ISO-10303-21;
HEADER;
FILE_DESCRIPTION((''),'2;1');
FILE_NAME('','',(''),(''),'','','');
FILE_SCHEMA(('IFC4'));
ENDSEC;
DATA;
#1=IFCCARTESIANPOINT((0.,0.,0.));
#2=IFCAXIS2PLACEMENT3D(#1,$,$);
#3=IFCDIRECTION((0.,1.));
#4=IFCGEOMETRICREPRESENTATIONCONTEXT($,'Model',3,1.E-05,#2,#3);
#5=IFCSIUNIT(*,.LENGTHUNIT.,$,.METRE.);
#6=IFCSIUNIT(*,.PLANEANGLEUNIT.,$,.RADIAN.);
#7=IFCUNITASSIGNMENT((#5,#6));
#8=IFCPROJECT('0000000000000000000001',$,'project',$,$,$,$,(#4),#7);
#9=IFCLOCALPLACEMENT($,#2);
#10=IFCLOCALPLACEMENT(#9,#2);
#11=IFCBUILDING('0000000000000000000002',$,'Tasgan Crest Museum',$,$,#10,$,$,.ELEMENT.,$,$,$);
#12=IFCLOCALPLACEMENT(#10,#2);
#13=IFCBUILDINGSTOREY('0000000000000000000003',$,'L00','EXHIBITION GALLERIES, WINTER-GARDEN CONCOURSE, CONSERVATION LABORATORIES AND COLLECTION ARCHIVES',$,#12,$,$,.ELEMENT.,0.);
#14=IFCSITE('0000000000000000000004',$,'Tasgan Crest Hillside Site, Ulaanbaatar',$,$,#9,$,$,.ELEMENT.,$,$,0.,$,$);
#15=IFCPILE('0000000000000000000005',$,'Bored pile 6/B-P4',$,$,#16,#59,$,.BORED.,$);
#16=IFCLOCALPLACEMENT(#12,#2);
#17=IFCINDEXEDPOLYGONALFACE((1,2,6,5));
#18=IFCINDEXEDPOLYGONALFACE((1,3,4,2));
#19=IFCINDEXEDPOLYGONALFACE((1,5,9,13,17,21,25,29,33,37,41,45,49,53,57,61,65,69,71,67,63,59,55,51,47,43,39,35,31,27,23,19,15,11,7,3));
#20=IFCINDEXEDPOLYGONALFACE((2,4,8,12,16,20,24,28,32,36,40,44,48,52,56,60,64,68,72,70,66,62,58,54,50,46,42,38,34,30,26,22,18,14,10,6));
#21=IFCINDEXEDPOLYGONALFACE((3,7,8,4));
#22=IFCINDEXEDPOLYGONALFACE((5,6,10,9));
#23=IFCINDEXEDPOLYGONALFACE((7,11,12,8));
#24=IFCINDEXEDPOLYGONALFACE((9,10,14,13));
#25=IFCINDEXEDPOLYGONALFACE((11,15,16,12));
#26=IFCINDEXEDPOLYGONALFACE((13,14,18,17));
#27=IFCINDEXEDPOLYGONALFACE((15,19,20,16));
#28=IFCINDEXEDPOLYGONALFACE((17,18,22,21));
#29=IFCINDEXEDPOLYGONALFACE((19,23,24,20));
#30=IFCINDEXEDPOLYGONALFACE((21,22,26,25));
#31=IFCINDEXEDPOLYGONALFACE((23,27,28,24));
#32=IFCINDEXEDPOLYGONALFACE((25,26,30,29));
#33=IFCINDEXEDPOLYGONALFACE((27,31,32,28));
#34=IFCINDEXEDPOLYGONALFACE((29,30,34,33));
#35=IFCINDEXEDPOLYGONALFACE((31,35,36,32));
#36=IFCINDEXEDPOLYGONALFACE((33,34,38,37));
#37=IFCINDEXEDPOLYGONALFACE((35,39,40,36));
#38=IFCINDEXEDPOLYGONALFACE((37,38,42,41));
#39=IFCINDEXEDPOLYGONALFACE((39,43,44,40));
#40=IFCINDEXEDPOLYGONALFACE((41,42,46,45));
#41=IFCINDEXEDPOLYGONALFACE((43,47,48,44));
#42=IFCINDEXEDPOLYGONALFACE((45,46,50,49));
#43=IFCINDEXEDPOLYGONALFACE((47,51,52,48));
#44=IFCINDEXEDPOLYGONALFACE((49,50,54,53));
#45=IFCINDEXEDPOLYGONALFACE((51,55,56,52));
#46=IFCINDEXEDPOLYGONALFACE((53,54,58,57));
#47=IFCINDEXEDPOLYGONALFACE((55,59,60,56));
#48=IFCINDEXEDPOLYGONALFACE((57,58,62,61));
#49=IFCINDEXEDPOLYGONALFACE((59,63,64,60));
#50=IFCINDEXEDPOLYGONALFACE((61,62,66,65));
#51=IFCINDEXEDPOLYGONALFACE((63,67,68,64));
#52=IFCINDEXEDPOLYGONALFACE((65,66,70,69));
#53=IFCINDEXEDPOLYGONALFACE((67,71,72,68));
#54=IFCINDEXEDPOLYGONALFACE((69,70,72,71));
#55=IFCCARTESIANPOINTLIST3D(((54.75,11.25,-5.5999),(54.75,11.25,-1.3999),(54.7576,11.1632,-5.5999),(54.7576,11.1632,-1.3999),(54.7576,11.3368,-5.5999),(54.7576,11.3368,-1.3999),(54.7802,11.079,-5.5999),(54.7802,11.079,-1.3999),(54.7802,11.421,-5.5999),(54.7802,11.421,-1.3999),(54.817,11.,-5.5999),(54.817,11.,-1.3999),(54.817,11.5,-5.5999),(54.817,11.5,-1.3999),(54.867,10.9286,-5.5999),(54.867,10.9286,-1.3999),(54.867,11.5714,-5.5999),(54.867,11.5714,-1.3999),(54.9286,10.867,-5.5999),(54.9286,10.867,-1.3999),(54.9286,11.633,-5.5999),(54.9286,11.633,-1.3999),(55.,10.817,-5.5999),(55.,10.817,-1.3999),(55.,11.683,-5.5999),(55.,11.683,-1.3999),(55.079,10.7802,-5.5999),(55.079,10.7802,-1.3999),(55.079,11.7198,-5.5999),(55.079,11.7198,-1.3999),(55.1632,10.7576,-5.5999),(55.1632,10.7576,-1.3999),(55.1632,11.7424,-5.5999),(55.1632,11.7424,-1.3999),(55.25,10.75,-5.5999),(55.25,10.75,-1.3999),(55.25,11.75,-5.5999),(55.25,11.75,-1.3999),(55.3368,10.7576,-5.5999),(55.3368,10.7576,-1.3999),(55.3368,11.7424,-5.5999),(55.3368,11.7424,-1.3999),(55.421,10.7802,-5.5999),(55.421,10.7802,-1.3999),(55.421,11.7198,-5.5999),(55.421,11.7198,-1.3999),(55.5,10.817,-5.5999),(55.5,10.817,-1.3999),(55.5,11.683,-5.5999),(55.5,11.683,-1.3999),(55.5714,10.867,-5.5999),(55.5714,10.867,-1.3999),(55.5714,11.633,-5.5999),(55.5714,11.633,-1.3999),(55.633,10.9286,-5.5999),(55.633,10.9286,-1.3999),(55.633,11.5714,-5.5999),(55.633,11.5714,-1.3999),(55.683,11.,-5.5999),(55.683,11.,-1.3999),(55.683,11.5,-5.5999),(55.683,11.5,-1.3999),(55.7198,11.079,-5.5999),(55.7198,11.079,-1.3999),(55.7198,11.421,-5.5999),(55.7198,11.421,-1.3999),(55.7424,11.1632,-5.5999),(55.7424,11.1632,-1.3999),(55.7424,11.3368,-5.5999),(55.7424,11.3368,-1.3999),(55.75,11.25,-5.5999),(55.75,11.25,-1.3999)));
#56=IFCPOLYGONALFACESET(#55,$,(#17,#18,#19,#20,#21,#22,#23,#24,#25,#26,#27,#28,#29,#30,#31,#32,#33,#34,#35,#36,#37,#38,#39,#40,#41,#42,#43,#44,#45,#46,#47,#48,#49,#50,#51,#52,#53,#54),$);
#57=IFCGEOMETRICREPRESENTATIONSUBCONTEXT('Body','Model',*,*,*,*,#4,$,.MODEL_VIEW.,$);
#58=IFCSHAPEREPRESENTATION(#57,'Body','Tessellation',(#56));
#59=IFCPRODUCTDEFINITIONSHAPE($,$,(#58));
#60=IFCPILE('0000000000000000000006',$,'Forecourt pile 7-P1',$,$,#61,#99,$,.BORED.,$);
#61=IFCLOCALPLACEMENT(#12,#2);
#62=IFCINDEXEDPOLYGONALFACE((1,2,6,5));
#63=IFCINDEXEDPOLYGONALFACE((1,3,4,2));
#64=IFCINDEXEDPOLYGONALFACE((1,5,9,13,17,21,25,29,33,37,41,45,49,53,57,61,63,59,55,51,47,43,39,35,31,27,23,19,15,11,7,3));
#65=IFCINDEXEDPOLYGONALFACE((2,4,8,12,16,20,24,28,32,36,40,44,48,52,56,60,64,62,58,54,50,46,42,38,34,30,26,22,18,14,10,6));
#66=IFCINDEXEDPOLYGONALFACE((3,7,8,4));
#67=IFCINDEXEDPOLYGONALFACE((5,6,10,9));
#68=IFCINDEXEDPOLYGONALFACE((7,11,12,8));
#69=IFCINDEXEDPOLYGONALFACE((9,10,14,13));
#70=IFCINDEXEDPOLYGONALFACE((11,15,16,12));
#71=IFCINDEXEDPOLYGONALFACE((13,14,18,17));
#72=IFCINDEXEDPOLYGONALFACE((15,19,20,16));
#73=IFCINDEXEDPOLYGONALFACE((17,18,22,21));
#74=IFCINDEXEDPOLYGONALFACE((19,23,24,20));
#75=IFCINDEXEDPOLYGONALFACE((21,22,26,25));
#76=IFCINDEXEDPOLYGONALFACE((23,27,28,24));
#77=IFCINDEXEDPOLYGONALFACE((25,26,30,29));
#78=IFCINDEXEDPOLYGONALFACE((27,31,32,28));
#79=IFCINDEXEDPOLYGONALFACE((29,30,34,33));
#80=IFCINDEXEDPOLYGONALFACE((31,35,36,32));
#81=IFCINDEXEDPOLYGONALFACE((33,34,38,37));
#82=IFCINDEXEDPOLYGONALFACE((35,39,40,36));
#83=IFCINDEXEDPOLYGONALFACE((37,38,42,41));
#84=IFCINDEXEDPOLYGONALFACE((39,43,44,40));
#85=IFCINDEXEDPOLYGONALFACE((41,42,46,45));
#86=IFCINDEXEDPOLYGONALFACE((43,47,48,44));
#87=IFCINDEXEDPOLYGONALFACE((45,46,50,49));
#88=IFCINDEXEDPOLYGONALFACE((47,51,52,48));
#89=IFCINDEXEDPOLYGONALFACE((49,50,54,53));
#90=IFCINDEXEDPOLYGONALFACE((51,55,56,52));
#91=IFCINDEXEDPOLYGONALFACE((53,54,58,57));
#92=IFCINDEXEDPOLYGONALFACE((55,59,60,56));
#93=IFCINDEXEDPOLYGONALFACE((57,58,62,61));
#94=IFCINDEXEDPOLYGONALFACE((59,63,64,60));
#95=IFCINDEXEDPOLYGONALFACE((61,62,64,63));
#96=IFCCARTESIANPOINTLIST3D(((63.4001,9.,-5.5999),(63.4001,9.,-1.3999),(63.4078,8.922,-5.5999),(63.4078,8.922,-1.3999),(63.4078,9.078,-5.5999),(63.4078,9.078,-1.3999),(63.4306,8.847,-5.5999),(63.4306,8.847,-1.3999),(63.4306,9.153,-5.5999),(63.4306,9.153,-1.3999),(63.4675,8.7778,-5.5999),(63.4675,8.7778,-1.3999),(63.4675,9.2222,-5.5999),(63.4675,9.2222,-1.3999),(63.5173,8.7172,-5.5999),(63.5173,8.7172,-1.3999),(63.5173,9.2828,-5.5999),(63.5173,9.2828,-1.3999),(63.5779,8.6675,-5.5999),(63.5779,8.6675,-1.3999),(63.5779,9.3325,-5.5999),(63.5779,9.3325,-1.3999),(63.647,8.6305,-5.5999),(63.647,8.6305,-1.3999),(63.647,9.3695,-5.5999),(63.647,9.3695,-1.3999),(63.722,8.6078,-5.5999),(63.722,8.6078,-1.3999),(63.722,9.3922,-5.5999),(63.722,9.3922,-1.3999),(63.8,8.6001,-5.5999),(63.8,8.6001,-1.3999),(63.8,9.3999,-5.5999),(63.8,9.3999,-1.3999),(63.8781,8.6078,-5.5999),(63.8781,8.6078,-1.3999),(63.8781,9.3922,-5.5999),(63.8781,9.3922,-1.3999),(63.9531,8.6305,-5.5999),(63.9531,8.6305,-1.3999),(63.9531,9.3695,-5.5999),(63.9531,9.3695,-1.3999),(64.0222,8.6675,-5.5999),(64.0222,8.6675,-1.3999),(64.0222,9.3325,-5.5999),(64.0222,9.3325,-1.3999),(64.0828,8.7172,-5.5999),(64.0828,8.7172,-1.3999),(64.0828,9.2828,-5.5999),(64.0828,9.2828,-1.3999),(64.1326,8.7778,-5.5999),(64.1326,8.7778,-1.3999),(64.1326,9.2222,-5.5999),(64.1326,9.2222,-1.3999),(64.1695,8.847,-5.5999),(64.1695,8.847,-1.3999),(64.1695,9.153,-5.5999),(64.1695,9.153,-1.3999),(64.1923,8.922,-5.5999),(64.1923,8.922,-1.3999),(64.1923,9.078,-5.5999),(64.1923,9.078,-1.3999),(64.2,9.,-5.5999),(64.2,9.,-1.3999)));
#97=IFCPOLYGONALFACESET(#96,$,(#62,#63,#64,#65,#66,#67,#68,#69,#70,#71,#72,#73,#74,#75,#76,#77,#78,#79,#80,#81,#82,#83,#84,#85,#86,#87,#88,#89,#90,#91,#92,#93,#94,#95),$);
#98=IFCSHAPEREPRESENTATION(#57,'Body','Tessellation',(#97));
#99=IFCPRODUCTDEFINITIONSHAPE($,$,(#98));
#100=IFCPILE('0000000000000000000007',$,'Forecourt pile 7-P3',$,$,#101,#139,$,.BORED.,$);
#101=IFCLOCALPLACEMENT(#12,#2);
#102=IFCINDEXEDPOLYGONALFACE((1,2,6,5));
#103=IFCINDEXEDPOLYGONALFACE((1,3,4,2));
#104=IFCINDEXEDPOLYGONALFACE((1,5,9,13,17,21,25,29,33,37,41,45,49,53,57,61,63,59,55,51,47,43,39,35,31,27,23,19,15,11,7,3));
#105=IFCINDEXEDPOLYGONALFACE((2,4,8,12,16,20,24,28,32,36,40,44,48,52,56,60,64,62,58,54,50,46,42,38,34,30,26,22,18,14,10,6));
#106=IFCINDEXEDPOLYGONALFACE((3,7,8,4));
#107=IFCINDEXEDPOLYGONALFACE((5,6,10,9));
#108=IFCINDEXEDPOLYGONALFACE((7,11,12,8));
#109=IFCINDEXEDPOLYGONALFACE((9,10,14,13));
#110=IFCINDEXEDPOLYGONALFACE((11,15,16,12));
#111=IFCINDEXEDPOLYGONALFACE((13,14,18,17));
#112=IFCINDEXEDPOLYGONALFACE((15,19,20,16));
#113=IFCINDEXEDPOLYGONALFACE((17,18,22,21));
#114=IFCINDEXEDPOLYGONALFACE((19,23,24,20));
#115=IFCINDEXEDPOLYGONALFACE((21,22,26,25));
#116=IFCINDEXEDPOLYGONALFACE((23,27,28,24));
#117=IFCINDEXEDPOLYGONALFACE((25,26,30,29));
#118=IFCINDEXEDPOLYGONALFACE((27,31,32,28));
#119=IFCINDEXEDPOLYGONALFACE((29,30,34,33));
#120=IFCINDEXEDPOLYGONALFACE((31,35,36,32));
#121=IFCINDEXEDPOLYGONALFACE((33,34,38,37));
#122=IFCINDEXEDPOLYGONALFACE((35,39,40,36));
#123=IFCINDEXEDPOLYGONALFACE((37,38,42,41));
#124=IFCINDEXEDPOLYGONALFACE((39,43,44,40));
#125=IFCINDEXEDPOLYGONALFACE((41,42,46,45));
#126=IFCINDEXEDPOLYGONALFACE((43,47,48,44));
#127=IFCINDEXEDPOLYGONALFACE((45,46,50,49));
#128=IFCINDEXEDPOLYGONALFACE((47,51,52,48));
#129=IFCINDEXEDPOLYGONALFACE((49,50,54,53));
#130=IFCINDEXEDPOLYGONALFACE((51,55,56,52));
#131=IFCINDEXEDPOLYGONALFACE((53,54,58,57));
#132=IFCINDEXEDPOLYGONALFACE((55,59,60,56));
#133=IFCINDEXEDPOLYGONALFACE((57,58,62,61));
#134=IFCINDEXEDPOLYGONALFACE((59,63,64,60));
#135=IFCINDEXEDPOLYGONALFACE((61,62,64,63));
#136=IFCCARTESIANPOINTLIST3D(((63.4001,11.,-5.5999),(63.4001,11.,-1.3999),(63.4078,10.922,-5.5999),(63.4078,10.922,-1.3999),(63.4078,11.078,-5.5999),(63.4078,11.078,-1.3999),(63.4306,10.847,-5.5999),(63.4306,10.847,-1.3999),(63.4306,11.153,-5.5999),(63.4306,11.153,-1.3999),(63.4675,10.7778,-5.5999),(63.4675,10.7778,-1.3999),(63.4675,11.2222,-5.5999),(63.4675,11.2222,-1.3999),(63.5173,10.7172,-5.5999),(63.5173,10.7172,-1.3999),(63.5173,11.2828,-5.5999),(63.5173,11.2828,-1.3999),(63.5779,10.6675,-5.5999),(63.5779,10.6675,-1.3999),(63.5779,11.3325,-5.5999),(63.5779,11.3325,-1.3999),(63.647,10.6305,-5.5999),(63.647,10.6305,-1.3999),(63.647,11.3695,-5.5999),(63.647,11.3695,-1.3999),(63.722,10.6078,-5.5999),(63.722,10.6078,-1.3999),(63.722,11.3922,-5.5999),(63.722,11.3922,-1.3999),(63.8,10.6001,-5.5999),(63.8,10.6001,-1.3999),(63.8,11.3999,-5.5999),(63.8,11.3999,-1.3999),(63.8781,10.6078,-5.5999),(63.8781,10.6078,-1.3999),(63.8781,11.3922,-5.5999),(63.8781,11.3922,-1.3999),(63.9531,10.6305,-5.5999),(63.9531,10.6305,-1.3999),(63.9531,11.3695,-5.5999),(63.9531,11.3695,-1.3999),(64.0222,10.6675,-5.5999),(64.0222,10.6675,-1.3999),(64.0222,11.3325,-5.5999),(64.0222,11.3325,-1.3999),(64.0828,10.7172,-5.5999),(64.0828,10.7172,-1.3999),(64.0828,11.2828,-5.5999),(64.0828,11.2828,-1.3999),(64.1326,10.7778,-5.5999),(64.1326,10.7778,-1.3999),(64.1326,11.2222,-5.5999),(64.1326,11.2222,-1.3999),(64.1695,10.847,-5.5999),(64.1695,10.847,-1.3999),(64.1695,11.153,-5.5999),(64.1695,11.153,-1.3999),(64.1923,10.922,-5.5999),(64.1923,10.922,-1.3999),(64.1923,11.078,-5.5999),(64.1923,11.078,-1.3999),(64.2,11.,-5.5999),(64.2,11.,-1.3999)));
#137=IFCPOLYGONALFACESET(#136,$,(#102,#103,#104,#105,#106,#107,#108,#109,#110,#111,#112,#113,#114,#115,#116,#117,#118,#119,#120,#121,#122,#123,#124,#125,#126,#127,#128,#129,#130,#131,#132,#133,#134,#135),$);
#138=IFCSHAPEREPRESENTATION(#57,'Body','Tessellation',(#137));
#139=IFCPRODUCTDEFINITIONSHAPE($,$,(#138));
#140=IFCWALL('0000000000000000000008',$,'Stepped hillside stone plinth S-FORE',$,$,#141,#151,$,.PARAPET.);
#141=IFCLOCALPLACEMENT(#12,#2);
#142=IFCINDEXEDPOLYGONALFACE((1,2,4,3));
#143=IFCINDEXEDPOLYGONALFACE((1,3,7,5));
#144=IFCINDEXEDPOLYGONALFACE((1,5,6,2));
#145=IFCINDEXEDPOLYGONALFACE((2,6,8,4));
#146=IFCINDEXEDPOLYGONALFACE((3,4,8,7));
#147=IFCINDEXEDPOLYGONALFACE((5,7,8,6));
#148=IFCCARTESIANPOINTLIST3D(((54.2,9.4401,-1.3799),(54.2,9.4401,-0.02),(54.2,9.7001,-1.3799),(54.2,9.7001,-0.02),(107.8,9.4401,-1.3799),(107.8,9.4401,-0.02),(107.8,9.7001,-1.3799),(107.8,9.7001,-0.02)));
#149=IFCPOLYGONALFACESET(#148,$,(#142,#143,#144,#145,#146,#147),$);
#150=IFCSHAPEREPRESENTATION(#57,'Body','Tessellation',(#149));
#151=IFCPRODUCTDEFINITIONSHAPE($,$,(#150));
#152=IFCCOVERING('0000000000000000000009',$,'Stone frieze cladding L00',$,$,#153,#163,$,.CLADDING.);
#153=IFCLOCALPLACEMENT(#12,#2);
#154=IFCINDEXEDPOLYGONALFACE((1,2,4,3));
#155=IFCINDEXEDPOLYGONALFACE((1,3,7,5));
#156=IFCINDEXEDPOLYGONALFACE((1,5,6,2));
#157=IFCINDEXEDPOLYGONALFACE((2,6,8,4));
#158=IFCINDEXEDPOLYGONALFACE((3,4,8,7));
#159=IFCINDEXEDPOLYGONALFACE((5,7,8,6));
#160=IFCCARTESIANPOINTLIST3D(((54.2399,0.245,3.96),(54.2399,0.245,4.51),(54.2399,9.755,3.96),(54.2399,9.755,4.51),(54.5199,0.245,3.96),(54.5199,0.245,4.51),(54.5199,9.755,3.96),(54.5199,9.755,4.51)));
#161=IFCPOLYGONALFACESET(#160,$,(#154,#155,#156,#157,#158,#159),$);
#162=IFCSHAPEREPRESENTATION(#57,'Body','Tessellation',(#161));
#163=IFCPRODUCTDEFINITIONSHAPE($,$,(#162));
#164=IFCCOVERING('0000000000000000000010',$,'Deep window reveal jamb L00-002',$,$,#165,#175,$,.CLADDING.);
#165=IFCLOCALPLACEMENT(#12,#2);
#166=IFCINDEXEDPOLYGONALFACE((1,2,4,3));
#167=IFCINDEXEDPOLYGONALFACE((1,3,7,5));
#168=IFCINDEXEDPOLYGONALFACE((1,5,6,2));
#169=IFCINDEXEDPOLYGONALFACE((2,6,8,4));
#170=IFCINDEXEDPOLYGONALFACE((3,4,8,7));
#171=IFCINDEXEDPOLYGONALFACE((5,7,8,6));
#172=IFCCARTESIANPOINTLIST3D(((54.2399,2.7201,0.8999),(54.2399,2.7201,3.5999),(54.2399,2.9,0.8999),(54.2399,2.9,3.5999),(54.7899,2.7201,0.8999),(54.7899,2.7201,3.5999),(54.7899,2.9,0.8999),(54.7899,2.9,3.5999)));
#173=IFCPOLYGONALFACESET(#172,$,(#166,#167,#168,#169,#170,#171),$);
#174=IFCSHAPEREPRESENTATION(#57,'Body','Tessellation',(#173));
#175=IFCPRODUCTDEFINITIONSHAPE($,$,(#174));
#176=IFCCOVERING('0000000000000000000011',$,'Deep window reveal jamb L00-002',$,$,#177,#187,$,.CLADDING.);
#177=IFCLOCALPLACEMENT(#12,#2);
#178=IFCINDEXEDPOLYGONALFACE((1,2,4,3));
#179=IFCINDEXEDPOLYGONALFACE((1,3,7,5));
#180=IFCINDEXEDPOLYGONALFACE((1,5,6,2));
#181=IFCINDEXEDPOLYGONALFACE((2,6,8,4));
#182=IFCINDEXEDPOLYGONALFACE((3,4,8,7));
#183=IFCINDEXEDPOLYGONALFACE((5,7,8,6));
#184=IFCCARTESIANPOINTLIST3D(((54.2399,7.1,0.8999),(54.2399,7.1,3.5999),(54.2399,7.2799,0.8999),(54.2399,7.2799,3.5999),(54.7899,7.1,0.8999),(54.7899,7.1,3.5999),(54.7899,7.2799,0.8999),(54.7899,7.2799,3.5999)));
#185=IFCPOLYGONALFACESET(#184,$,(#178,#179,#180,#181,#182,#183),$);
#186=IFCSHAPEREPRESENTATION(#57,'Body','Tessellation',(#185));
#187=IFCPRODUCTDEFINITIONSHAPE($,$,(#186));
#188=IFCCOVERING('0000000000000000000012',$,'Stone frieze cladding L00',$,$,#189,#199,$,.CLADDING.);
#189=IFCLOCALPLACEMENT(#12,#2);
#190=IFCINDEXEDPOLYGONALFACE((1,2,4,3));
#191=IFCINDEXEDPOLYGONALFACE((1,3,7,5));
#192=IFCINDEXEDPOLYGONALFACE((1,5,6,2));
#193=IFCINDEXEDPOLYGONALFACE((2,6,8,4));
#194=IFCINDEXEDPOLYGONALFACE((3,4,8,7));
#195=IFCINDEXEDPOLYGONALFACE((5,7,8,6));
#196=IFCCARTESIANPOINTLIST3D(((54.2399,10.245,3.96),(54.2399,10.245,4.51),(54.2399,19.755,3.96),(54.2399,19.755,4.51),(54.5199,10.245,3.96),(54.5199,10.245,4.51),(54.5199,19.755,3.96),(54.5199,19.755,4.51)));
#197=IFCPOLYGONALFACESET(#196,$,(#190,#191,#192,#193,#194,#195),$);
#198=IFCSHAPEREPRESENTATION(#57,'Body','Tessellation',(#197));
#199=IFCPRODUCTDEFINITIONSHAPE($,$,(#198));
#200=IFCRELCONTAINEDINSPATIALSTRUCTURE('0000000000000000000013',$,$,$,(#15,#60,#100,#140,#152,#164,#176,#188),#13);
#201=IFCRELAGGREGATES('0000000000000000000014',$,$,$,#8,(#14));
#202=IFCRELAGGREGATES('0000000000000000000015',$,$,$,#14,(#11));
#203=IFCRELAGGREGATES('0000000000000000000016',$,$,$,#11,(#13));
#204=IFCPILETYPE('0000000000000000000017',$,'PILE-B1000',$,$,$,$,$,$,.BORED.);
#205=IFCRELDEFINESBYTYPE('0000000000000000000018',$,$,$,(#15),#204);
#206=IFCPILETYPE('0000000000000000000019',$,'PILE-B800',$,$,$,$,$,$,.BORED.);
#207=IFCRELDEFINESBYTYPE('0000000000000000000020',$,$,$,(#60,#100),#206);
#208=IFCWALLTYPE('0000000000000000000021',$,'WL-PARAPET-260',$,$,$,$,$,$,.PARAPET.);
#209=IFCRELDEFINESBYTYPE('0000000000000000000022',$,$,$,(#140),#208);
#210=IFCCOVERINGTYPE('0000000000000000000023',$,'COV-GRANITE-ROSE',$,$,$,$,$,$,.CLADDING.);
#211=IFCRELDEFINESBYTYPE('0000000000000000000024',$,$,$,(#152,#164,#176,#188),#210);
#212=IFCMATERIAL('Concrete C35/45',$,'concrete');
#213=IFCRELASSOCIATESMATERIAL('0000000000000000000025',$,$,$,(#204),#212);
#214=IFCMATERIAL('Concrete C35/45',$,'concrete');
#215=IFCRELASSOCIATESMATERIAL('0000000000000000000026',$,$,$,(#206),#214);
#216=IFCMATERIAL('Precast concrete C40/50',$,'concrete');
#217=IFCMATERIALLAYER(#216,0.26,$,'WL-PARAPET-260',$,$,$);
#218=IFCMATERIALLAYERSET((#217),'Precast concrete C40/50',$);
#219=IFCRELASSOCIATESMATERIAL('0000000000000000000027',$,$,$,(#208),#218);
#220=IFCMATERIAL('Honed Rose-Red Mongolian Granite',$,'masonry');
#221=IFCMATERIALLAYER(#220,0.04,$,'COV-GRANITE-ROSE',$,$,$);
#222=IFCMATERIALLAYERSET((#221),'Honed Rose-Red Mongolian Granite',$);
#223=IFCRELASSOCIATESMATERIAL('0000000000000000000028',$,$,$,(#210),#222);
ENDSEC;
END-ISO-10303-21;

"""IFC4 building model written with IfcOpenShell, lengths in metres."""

from ifc_helpers import new_model, si_unit, direction, frame, frame_2d, origin, origin_2d, place, context, subcontext, project, spatial, rectangle, circle, extrude, material, layer, layer_set, material_profile, profile_set, type_object, element, save


model = new_model("IFC4")

# Units and contexts
model_context = context("Model", 3, precision=1e-05, world=origin(), true_north=direction((0.0, 1.0)))
body_context = subcontext(model_context, "Body", "Model", "MODEL_VIEW")
ifc_project = project(units=[si_unit("LENGTHUNIT", "METRE"), si_unit("PLANEANGLEUNIT", "RADIAN")], contexts=[model_context])

# Site, building, storey
site_placement = place(None, origin())
site = spatial("IfcSite", under=ifc_project, at=site_placement, Name="Tasgan Crest Hillside Site, Ulaanbaatar", CompositionType="ELEMENT", RefElevation=0.0)
building_placement = place(site_placement, origin())
building = spatial("IfcBuilding", under=site, at=building_placement, Name="Tasgan Crest Museum", CompositionType="ELEMENT")
storey_placement = place(building_placement, origin())
storey = spatial("IfcBuildingStorey", under=building, at=storey_placement, Name="L00", Description="EXHIBITION GALLERIES, WINTER-GARDEN CONCOURSE, CONSERVATION LABORATORIES AND COLLECTION ARCHIVES", CompositionType="ELEMENT", Elevation=0.0)

# Piles
ifc_material_1 = material(Name="Concrete C35/45", Category="concrete")
ifc_material_profile_1 = material_profile(ifc_material_1, circle(Radius=0.5, at=origin_2d()), Name="PILE D1000")
ifc_profile_set_1 = profile_set([ifc_material_profile_1], Name="Concrete C35/45")
pile_type_1 = type_object("IfcPileType", Name="PILE-B1000", PredefinedType="BORED", material=ifc_profile_set_1)
for number, where, z_axis, x_axis, name in (
    (1, (55.25, 11.25, -1.3999), (0.0, 0.0, -1.0), (1.0, 0.0, 0.0), "Bored pile 6/B-P4"),
):
    element("IfcPile", number, at=place(storey_placement, frame(where, z_axis=z_axis, x_axis=x_axis)), inside=storey, type_object=pile_type_1, Name=name, PredefinedType="BORED", context=body_context, shape_type="SweptSolid", body=[
        extrude(circle(Radius=0.5, at=origin_2d()), origin(), (0.0, 0.0, 1.0), 4.2),
    ])
ifc_material_2 = material(Name="Concrete C35/45", Category="concrete")
ifc_material_profile_2 = material_profile(ifc_material_2, circle(Radius=0.3999, at=origin_2d()), Name="PILE D800")
ifc_profile_set_2 = profile_set([ifc_material_profile_2], Name="Concrete C35/45")
pile_type_2 = type_object("IfcPileType", Name="PILE-B800", PredefinedType="BORED", material=ifc_profile_set_2)
for number, where, z_axis, x_axis, name in (
    (2, (63.8, 9.0, -1.3999), (0.0, 0.0, -1.0), (1.0, 0.0, 0.0), "Forecourt pile 7-P1"),
    (3, (63.8, 11.0, -1.3999), (0.0, 0.0, -1.0), (1.0, 0.0, 0.0), "Forecourt pile 7-P3"),
):
    element("IfcPile", number, at=place(storey_placement, frame(where, z_axis=z_axis, x_axis=x_axis)), inside=storey, type_object=pile_type_2, Name=name, PredefinedType="BORED", context=body_context, shape_type="SweptSolid", body=[
        extrude(circle(Radius=0.3999, at=origin_2d()), origin(), (0.0, 0.0, 1.0), 4.2),
    ])

# Wall
ifc_material_3 = material(Name="Precast concrete C40/50", Category="concrete")
ifc_layer_1 = layer(ifc_material_3, 0.26, Name="WL-PARAPET-260")
ifc_layer_set_1 = layer_set([ifc_layer_1], Name="Precast concrete C40/50")
wall_type = type_object("IfcWallType", Name="WL-PARAPET-260", PredefinedType="PARAPET", material=ifc_layer_set_1)
wall_placement = place(storey_placement, frame((54.2, 9.5701, -1.3799), z_axis=(0.0, 0.0, 1.0), x_axis=(1.0, 0.0, 0.0)))
element("IfcWall", 4, at=wall_placement, inside=storey, type_object=wall_type, Name="Stepped hillside stone plinth S-FORE", PredefinedType="PARAPET", context=body_context, shape_type="SweptSolid", body=[
    extrude(rectangle(XDim=53.6001, YDim=0.26, at=frame_2d((26.8, 0.0))), origin(), (0.0, 0.0, 1.0), 1.3599),
])

# Coverings
ifc_material_4 = material(Name="Honed Rose-Red Mongolian Granite", Category="masonry")
ifc_layer_2 = layer(ifc_material_4, 0.04, Name="COV-GRANITE-ROSE")
ifc_layer_set_2 = layer_set([ifc_layer_2], Name="Honed Rose-Red Mongolian Granite")
covering_type_1 = type_object("IfcCoveringType", Name="COV-GRANITE-ROSE", PredefinedType="CLADDING", material=ifc_layer_set_2)
covering_1_placement = place(storey_placement, frame((54.3799, 5.0, 3.96), z_axis=(0.0, 0.0, 1.0), x_axis=(0.0, 1.0, 0.0)))
element("IfcCovering", 5, at=covering_1_placement, inside=storey, type_object=covering_type_1, Name="Stone frieze cladding L00", PredefinedType="CLADDING", context=body_context, shape_type="SweptSolid", body=[
    extrude(rectangle(XDim=9.51, YDim=0.28, at=origin_2d()), origin(), (0.0, 0.0, 1.0), 0.55),
])
for number, where, z_axis, x_axis, name in (
    (6, (54.5149, 2.8101, 0.8999), (0.0, 0.0, 1.0), (0.0, 1.0, 0.0), "Deep window reveal jamb L00-002"),
    (7, (54.5149, 7.1899, 0.8999), (0.0, 0.0, 1.0), (0.0, 1.0, 0.0), "Deep window reveal jamb L00-002"),
):
    element("IfcCovering", number, at=place(storey_placement, frame(where, z_axis=z_axis, x_axis=x_axis)), inside=storey, type_object=covering_type_1, Name=name, PredefinedType="CLADDING", context=body_context, shape_type="SweptSolid", body=[
        extrude(rectangle(XDim=0.1799, YDim=0.55, at=origin_2d()), origin(), (0.0, 0.0, 1.0), 2.7),
    ])
covering_2_placement = place(storey_placement, frame((54.3799, 15.0, 3.96), z_axis=(0.0, 0.0, 1.0), x_axis=(0.0, 1.0, 0.0)))
element("IfcCovering", 8, at=covering_2_placement, inside=storey, type_object=covering_type_1, Name="Stone frieze cladding L00", PredefinedType="CLADDING", context=body_context, shape_type="SweptSolid", body=[
    extrude(rectangle(XDim=9.51, YDim=0.28, at=origin_2d()), origin(), (0.0, 0.0, 1.0), 0.55),
])

save(model, "model.ifc")
